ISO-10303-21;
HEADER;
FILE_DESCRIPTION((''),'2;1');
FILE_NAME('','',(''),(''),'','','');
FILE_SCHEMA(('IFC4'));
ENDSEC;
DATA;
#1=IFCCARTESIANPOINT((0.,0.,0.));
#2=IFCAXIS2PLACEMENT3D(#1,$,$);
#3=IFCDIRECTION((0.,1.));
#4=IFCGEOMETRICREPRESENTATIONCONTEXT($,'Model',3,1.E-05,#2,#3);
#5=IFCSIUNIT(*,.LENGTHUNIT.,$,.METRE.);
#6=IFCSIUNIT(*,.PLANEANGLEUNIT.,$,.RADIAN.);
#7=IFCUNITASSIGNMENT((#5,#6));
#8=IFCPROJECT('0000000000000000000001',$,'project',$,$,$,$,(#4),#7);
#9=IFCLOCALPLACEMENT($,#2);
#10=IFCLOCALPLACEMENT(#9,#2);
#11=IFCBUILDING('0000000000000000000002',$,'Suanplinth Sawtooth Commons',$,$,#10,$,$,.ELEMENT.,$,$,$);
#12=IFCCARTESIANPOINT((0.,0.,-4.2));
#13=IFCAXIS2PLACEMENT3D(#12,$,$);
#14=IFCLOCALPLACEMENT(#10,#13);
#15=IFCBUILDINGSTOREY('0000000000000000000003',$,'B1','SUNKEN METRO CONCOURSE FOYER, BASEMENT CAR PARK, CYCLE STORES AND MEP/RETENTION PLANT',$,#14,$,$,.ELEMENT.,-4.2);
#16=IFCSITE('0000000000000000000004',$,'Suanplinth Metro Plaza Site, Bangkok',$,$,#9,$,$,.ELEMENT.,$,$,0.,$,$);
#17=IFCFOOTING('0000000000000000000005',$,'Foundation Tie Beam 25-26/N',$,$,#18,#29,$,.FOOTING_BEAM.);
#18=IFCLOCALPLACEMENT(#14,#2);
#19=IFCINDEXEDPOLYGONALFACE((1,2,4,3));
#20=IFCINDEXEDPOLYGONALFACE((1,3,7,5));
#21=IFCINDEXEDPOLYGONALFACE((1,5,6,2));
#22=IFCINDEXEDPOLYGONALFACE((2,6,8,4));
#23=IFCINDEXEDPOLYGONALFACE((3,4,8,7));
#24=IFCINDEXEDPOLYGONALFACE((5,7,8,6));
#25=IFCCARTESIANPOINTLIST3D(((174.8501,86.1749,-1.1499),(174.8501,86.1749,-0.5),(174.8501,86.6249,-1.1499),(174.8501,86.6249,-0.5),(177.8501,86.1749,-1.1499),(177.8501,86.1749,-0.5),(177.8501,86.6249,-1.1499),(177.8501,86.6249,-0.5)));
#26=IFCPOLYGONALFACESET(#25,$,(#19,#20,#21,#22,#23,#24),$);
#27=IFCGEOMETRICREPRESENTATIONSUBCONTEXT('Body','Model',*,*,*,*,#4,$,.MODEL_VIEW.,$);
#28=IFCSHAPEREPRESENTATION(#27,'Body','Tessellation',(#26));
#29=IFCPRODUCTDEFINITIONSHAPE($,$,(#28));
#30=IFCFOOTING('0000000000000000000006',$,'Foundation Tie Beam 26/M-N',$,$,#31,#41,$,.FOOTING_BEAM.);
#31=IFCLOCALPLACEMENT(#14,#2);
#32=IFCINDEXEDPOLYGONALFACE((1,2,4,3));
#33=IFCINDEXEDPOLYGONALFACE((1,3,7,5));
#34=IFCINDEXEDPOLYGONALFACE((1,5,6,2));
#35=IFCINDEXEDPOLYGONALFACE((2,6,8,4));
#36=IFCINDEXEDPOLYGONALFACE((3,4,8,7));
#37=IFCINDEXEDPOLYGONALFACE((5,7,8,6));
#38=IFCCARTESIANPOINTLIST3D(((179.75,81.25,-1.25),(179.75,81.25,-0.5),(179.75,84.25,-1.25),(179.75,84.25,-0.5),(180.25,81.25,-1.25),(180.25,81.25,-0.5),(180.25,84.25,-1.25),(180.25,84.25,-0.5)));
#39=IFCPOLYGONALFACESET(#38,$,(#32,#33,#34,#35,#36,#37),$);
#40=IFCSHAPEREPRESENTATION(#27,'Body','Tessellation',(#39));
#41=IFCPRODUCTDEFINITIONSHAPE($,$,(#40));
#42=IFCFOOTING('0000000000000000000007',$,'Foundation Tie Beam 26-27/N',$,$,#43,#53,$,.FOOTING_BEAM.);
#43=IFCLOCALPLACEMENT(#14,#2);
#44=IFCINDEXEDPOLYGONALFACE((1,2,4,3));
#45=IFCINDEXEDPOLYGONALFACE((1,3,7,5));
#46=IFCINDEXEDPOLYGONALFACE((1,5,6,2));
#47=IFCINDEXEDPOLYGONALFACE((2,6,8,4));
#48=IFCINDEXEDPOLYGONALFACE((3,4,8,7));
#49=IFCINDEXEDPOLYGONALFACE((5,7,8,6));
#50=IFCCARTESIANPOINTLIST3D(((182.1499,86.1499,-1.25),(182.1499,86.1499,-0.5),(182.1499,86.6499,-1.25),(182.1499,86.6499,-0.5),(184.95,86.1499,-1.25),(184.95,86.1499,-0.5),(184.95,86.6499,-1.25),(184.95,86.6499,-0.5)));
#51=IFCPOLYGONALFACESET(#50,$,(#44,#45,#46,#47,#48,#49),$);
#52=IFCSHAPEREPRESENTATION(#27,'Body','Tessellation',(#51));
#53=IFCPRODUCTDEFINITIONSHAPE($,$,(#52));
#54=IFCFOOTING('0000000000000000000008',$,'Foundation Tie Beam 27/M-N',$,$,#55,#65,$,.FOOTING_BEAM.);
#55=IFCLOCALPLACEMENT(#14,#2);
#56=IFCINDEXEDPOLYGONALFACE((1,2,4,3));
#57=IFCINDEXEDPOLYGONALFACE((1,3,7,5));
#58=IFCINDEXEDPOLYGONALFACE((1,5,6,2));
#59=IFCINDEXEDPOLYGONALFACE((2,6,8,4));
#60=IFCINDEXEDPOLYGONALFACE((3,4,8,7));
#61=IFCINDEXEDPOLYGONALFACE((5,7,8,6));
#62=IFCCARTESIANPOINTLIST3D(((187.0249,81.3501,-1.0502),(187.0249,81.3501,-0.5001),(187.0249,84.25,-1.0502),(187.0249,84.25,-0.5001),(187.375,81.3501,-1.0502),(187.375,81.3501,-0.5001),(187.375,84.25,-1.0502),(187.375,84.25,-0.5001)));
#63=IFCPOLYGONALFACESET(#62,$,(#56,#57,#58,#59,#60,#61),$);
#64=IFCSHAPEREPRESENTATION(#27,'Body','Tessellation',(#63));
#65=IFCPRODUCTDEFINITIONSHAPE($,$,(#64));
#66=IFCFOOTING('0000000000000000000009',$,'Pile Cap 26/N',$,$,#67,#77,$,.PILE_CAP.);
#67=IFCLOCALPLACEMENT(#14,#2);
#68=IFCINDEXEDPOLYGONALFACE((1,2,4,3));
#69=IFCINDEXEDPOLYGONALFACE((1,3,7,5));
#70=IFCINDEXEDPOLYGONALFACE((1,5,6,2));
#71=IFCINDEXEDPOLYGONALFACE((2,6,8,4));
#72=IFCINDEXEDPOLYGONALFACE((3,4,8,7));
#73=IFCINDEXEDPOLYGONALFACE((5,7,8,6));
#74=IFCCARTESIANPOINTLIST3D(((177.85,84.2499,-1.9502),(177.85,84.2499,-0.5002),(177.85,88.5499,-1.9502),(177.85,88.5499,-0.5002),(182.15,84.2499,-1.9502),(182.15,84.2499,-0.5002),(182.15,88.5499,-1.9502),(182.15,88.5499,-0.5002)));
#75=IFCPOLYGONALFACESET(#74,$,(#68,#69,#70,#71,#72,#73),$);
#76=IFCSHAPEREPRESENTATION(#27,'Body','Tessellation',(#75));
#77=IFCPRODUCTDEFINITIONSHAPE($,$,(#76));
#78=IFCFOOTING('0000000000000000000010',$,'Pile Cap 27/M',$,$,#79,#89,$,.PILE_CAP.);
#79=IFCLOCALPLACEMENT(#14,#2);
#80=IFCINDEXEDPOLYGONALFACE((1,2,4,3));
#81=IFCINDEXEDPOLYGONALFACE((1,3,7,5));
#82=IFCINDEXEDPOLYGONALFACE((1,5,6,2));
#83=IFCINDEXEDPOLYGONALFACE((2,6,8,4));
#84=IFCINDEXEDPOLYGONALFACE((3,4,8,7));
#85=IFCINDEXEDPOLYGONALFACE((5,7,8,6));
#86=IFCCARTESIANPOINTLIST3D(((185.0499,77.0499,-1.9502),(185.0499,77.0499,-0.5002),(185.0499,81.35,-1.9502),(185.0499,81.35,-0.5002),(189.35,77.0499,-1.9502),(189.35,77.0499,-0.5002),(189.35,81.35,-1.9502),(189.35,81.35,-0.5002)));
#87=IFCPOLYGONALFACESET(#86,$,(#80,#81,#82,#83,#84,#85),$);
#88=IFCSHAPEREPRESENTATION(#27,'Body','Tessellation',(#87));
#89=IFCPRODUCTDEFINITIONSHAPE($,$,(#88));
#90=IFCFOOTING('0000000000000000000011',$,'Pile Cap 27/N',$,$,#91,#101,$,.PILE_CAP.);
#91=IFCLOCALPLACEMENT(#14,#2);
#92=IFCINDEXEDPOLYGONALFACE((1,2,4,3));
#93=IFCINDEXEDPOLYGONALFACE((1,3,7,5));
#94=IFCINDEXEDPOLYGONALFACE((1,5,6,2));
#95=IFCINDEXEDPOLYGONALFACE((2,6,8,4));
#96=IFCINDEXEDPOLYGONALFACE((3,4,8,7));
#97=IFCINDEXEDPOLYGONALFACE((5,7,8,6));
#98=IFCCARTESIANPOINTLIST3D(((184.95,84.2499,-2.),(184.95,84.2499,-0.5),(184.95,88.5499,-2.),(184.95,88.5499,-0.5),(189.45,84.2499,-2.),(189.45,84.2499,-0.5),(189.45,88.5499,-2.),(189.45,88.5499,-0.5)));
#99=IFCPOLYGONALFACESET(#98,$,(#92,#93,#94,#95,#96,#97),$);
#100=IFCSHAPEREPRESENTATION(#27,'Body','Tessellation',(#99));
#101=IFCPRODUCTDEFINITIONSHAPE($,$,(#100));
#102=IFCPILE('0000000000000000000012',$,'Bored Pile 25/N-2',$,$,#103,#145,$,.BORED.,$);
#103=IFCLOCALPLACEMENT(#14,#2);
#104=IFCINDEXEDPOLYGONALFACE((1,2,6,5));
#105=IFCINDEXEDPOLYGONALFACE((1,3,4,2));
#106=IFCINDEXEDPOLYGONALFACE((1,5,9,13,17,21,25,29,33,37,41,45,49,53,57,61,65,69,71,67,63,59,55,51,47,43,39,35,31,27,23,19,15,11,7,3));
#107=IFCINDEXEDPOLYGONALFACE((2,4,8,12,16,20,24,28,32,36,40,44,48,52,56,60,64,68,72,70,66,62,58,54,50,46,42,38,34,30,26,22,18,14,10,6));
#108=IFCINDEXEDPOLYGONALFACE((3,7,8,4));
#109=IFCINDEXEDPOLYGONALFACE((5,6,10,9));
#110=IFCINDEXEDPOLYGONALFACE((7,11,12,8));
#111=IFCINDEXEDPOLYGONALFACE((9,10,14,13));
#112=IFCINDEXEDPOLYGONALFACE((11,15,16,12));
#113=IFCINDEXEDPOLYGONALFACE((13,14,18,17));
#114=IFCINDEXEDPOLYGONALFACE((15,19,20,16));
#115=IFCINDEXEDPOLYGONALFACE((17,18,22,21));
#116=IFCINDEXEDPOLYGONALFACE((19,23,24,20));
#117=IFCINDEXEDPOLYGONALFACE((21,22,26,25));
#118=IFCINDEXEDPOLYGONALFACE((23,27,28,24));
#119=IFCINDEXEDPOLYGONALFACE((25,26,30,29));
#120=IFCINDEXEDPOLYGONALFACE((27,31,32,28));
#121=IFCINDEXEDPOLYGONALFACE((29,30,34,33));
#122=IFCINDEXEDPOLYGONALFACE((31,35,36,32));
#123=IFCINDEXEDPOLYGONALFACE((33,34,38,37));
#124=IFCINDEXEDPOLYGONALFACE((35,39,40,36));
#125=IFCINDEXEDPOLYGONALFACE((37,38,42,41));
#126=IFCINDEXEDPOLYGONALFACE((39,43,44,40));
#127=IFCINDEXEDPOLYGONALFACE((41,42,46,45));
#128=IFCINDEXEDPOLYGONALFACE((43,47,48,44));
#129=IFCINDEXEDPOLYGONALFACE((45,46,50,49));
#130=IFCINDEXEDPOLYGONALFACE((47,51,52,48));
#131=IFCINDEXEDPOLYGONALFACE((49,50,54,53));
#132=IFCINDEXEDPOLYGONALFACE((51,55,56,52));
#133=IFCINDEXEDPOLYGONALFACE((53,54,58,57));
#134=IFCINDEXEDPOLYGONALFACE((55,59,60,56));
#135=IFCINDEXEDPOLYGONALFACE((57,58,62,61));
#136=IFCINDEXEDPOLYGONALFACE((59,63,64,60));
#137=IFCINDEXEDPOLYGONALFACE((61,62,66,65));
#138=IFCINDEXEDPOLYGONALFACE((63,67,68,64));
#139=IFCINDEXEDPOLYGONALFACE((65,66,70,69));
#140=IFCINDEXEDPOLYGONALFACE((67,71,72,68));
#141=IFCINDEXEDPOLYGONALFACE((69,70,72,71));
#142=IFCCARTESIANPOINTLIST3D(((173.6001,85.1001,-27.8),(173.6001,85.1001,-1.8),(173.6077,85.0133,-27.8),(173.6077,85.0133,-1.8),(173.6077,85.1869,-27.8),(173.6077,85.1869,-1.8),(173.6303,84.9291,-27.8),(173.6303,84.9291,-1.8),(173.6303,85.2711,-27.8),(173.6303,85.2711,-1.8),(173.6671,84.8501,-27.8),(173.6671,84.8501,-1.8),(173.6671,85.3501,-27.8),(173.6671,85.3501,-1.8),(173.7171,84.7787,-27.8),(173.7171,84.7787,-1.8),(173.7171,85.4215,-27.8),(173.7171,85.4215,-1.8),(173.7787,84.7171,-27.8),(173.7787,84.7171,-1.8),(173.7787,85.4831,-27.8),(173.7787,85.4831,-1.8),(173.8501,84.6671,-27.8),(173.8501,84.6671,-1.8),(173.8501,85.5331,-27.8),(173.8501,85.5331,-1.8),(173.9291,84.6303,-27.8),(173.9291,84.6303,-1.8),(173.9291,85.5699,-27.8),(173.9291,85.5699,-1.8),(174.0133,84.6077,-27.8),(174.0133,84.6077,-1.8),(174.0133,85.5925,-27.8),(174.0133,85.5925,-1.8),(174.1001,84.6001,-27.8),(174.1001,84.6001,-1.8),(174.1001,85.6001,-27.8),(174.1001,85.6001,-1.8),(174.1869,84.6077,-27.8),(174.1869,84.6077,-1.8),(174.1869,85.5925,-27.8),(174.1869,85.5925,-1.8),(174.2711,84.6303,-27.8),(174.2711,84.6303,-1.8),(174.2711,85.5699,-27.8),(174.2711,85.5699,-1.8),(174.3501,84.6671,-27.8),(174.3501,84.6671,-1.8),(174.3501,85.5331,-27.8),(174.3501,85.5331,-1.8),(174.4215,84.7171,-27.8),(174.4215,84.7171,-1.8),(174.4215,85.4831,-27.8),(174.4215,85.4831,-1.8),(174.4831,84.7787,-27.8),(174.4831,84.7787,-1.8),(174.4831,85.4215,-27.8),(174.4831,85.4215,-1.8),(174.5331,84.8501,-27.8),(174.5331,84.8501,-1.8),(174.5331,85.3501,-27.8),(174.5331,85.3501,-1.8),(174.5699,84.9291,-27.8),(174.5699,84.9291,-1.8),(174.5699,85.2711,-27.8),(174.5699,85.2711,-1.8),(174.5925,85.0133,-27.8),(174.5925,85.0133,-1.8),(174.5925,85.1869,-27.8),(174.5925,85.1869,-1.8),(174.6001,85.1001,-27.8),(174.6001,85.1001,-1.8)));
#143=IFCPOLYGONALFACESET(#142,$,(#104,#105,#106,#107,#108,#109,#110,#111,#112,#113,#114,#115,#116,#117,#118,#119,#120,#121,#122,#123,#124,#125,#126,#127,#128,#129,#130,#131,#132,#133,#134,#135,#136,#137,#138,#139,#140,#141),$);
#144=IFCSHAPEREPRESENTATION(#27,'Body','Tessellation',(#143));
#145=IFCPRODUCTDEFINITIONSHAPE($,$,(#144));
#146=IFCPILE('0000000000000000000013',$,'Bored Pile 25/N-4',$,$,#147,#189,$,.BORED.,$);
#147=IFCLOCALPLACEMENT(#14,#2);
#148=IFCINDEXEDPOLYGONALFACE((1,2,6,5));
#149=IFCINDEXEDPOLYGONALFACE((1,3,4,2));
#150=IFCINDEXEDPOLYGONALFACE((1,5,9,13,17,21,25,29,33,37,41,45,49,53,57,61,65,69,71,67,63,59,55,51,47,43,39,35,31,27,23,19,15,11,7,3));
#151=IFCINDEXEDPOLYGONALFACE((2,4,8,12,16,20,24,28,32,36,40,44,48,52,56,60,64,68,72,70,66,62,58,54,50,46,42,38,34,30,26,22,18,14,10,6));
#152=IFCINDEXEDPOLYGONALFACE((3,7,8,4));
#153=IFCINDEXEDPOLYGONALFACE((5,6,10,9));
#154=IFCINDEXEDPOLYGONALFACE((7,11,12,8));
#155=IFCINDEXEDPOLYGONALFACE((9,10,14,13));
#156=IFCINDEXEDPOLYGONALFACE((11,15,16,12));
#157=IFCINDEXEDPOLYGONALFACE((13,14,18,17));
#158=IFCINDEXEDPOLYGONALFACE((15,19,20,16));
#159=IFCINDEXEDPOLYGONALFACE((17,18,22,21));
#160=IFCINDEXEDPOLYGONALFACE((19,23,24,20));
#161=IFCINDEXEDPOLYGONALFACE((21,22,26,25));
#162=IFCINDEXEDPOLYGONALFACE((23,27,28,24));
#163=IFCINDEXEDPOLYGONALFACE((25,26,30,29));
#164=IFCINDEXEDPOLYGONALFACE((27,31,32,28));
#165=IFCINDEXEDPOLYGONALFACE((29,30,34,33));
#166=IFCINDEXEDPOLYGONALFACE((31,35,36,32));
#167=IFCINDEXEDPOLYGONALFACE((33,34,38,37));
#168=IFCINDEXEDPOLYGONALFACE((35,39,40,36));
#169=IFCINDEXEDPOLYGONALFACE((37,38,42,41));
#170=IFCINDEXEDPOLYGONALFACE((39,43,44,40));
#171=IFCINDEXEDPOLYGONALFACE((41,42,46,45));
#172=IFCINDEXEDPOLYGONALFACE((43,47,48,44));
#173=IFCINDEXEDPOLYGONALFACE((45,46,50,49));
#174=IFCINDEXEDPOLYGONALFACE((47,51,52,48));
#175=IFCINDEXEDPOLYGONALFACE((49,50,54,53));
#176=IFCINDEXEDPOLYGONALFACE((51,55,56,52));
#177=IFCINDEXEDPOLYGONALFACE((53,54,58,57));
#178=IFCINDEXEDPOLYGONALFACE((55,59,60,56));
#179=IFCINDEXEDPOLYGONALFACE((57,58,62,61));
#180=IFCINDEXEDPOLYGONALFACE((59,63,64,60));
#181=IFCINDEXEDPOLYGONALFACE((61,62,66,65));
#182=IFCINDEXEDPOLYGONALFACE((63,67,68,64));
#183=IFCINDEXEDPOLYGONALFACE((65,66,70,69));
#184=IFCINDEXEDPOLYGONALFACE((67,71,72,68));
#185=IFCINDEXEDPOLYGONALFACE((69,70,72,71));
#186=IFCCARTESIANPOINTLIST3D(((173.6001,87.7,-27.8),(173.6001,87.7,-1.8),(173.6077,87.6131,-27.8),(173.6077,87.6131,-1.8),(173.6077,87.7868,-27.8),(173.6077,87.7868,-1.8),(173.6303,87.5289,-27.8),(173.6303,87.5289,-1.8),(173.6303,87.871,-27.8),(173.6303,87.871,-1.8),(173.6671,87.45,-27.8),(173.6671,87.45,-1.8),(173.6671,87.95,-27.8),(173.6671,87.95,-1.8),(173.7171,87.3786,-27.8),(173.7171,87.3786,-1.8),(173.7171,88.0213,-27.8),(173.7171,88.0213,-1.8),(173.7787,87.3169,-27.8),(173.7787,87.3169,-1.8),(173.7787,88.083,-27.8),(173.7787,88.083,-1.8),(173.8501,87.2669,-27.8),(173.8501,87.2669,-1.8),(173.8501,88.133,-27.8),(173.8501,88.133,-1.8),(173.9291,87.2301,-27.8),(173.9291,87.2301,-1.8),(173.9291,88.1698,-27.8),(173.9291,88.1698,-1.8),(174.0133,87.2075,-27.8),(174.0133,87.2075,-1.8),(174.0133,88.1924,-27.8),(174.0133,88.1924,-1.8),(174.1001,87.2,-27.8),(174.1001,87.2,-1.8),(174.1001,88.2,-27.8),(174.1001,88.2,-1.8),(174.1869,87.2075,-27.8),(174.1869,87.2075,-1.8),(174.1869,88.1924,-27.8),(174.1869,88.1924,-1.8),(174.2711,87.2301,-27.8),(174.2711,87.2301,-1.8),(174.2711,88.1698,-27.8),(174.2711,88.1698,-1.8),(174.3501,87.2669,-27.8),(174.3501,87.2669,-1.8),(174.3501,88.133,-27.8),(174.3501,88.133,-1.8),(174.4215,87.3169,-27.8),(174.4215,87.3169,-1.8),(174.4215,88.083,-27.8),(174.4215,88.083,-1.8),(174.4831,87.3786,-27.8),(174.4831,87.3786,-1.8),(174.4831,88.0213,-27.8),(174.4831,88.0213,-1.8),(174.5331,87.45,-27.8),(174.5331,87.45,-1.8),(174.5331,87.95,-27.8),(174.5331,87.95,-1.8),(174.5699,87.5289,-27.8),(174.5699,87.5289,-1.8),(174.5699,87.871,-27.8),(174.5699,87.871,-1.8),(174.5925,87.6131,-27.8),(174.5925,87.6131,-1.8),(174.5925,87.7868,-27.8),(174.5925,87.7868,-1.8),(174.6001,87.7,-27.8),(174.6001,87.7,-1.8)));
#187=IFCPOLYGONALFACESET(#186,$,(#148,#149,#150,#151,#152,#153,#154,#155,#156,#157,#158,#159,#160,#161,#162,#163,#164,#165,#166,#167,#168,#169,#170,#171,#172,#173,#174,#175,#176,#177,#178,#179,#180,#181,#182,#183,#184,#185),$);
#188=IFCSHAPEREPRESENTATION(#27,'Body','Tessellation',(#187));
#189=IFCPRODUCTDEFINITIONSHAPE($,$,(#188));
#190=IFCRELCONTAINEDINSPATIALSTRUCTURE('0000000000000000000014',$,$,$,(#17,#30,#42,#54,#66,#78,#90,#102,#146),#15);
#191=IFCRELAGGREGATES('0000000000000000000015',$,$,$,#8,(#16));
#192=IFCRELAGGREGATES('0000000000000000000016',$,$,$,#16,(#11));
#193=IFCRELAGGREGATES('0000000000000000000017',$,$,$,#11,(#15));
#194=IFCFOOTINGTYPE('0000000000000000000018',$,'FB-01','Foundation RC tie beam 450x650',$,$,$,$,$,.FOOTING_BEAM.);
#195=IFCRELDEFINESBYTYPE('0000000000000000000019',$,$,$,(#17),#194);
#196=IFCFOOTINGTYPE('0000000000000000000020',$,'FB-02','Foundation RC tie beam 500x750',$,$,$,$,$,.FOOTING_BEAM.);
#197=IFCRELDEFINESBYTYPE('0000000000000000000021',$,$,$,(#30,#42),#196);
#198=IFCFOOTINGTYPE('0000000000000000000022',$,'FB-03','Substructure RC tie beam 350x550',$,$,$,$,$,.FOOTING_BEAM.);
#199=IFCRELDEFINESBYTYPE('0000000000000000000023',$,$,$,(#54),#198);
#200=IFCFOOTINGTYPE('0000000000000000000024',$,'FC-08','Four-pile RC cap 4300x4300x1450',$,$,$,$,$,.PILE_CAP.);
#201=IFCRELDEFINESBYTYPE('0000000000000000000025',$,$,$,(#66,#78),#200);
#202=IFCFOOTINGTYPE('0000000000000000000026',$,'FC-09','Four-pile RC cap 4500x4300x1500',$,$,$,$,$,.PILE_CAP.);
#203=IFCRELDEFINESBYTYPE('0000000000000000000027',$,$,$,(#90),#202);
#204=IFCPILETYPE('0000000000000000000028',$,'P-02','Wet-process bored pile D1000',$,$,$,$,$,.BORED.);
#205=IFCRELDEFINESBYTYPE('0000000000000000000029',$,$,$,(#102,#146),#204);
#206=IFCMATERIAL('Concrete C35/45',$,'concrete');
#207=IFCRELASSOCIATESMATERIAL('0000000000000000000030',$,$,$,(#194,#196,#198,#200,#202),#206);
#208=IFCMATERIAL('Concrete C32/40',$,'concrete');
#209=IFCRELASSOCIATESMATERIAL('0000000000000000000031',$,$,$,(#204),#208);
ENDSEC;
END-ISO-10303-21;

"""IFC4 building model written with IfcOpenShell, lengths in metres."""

from ifc_helpers import new_model, si_unit, direction, frame, origin, origin_2d, place, context, subcontext, project, spatial, rectangle, circle, extrude, material, material_profile, profile_set, type_object, element, save


model = new_model("IFC4")

# Units and contexts
model_context = context("Model", 3, precision=1e-05, world=origin(), true_north=direction((0.0, 1.0)))
body_context = subcontext(model_context, "Body", "Model", "MODEL_VIEW")
ifc_project = project(units=[si_unit("LENGTHUNIT", "METRE"), si_unit("PLANEANGLEUNIT", "RADIAN")], contexts=[model_context])

# Site, building, storey
site_placement = place(None, origin())
site = spatial("IfcSite", under=ifc_project, at=site_placement, Name="Suanplinth Metro Plaza Site, Bangkok", CompositionType="ELEMENT", RefElevation=0.0)
building_placement = place(site_placement, origin())
building = spatial("IfcBuilding", under=site, at=building_placement, Name="Suanplinth Sawtooth Commons", CompositionType="ELEMENT")
storey_placement = place(building_placement, frame((0.0, 0.0, -4.2)))
storey = spatial("IfcBuildingStorey", under=building, at=storey_placement, Name="B1", Description="SUNKEN METRO CONCOURSE FOYER, BASEMENT CAR PARK, CYCLE STORES AND MEP/RETENTION PLANT", CompositionType="ELEMENT", Elevation=-4.2)

# Footings
ifc_material_1 = material(Name="Concrete C35/45", Category="concrete")
ifc_material_profile_1 = material_profile(ifc_material_1, rectangle(XDim=0.45, YDim=0.6499, at=origin_2d()), Name="PC-GDR 450x650")
ifc_profile_set_1 = profile_set([ifc_material_profile_1], Name="Concrete C35/45")
footing_type_1 = type_object("IfcFootingType", Name="FB-01", Description="Foundation RC tie beam 450x650", PredefinedType="FOOTING_BEAM", material=ifc_profile_set_1)
footing_1_placement = place(storey_placement, frame((174.8501, 86.3999, -0.825), z_axis=(1.0, 0.0, 0.0), x_axis=(0.0, 1.0, 0.0)))
element("IfcFooting", 1, at=footing_1_placement, inside=storey, type_object=footing_type_1, Name="Foundation Tie Beam 25-26/N", PredefinedType="FOOTING_BEAM", context=body_context, shape_type="SweptSolid", body=[
    extrude(rectangle(XDim=0.45, YDim=0.6499, at=origin_2d()), origin(), (0.0, 0.0, 1.0), 3.0),
])
ifc_material_profile_2 = material_profile(ifc_material_1, rectangle(XDim=0.5, YDim=0.75, at=origin_2d()), Name="RC-GDR 500x750")
ifc_profile_set_2 = profile_set([ifc_material_profile_2], Name="Concrete C35/45")
footing_type_2 = type_object("IfcFootingType", Name="FB-02", Description="Foundation RC tie beam 500x750", PredefinedType="FOOTING_BEAM", material=ifc_profile_set_2)
footing_2_placement = place(storey_placement, frame((180.0, 81.25, -0.875), z_axis=(0.0, 1.0, 0.0), x_axis=(-1.0, 0.0, 0.0)))
element("IfcFooting", 2, at=footing_2_placement, inside=storey, type_object=footing_type_2, Name="Foundation Tie Beam 26/M-N", PredefinedType="FOOTING_BEAM", context=body_context, shape_type="SweptSolid", body=[
    extrude(rectangle(XDim=0.5, YDim=0.75, at=origin_2d()), origin(), (0.0, 0.0, 1.0), 3.0),
])
footing_3_placement = place(storey_placement, frame((182.1499, 86.3999, -0.875), z_axis=(1.0, 0.0, 0.0), x_axis=(0.0, 1.0, 0.0)))
element("IfcFooting", 3, at=footing_3_placement, inside=storey, type_object=footing_type_2, Name="Foundation Tie Beam 26-27/N", PredefinedType="FOOTING_BEAM", context=body_context, shape_type="SweptSolid", body=[
    extrude(rectangle(XDim=0.5, YDim=0.75, at=origin_2d()), origin(), (0.0, 0.0, 1.0), 2.8),
])
ifc_material_profile_3 = material_profile(ifc_material_1, rectangle(XDim=0.3501, YDim=0.55, at=origin_2d()), Name="PC-BM 350x550")
ifc_profile_set_3 = profile_set([ifc_material_profile_3], Name="Concrete C35/45")
footing_type_3 = type_object("IfcFootingType", Name="FB-03", Description="Substructure RC tie beam 350x550", PredefinedType="FOOTING_BEAM", material=ifc_profile_set_3)
footing_4_placement = place(storey_placement, frame((187.2, 81.3501, -0.7751), z_axis=(0.0, 1.0, 0.0), x_axis=(-1.0, 0.0, 0.0)))
element("IfcFooting", 4, at=footing_4_placement, inside=storey, type_object=footing_type_3, Name="Foundation Tie Beam 27/M-N", PredefinedType="FOOTING_BEAM", context=body_context, shape_type="SweptSolid", body=[
    extrude(rectangle(XDim=0.3501, YDim=0.55, at=origin_2d()), origin(), (0.0, 0.0, 1.0), 2.8999),
])
footing_type_4 = type_object("IfcFootingType", Name="FC-08", Description="Four-pile RC cap 4300x4300x1450", PredefinedType="PILE_CAP", material=ifc_material_1)
for number, where, z_axis, x_axis, name in (
    (5, (180.0, 86.3999, -1.9502), (0.0, 0.0, 1.0), (1.0, 0.0, 0.0), "Pile Cap 26/N"),
    (6, (187.2, 79.2, -1.9502), (0.0, 0.0, 1.0), (1.0, 0.0, 0.0), "Pile Cap 27/M"),
):
    element("IfcFooting", number, at=place(storey_placement, frame(where, z_axis=z_axis, x_axis=x_axis)), inside=storey, type_object=footing_type_4, Name=name, PredefinedType="PILE_CAP", context=body_context, shape_type="SweptSolid", body=[
        extrude(rectangle(XDim=4.3, YDim=4.3, at=origin_2d()), origin(), (0.0, 0.0, 1.0), 1.45),
    ])
footing_type_5 = type_object("IfcFootingType", Name="FC-09", Description="Four-pile RC cap 4500x4300x1500", PredefinedType="PILE_CAP", material=ifc_material_1)
footing_5_placement = place(storey_placement, frame((187.2, 86.3999, -2.0), z_axis=(0.0, 0.0, 1.0), x_axis=(1.0, 0.0, 0.0)))
element("IfcFooting", 7, at=footing_5_placement, inside=storey, type_object=footing_type_5, Name="Pile Cap 27/N", PredefinedType="PILE_CAP", context=body_context, shape_type="SweptSolid", body=[
    extrude(rectangle(XDim=4.5, YDim=4.3, at=origin_2d()), origin(), (0.0, 0.0, 1.0), 1.5),
])

# Piles
ifc_material_2 = material(Name="Concrete C32/40", Category="concrete")
ifc_material_profile_4 = material_profile(ifc_material_2, circle(Radius=0.5, at=origin_2d()), Name="PILE D1000")
ifc_profile_set_4 = profile_set([ifc_material_profile_4], Name="Concrete C32/40")
pile_type = type_object("IfcPileType", Name="P-02", Description="Wet-process bored pile D1000", PredefinedType="BORED", material=ifc_profile_set_4)
for number, where, z_axis, x_axis, name in (
    (8, (174.1001, 85.1001, -1.8), (0.0, 0.0, -1.0), (1.0, 0.0, 0.0), "Bored Pile 25/N-2"),
    (9, (174.1001, 87.7, -1.8), (0.0, 0.0, -1.0), (1.0, 0.0, 0.0), "Bored Pile 25/N-4"),
):
    element("IfcPile", number, at=place(storey_placement, frame(where, z_axis=z_axis, x_axis=x_axis)), inside=storey, type_object=pile_type, Name=name, PredefinedType="BORED", context=body_context, shape_type="SweptSolid", body=[
        extrude(circle(Radius=0.5, at=origin_2d()), origin(), (0.0, 0.0, 1.0), 26.0),
    ])

save(model, "model.ifc")
